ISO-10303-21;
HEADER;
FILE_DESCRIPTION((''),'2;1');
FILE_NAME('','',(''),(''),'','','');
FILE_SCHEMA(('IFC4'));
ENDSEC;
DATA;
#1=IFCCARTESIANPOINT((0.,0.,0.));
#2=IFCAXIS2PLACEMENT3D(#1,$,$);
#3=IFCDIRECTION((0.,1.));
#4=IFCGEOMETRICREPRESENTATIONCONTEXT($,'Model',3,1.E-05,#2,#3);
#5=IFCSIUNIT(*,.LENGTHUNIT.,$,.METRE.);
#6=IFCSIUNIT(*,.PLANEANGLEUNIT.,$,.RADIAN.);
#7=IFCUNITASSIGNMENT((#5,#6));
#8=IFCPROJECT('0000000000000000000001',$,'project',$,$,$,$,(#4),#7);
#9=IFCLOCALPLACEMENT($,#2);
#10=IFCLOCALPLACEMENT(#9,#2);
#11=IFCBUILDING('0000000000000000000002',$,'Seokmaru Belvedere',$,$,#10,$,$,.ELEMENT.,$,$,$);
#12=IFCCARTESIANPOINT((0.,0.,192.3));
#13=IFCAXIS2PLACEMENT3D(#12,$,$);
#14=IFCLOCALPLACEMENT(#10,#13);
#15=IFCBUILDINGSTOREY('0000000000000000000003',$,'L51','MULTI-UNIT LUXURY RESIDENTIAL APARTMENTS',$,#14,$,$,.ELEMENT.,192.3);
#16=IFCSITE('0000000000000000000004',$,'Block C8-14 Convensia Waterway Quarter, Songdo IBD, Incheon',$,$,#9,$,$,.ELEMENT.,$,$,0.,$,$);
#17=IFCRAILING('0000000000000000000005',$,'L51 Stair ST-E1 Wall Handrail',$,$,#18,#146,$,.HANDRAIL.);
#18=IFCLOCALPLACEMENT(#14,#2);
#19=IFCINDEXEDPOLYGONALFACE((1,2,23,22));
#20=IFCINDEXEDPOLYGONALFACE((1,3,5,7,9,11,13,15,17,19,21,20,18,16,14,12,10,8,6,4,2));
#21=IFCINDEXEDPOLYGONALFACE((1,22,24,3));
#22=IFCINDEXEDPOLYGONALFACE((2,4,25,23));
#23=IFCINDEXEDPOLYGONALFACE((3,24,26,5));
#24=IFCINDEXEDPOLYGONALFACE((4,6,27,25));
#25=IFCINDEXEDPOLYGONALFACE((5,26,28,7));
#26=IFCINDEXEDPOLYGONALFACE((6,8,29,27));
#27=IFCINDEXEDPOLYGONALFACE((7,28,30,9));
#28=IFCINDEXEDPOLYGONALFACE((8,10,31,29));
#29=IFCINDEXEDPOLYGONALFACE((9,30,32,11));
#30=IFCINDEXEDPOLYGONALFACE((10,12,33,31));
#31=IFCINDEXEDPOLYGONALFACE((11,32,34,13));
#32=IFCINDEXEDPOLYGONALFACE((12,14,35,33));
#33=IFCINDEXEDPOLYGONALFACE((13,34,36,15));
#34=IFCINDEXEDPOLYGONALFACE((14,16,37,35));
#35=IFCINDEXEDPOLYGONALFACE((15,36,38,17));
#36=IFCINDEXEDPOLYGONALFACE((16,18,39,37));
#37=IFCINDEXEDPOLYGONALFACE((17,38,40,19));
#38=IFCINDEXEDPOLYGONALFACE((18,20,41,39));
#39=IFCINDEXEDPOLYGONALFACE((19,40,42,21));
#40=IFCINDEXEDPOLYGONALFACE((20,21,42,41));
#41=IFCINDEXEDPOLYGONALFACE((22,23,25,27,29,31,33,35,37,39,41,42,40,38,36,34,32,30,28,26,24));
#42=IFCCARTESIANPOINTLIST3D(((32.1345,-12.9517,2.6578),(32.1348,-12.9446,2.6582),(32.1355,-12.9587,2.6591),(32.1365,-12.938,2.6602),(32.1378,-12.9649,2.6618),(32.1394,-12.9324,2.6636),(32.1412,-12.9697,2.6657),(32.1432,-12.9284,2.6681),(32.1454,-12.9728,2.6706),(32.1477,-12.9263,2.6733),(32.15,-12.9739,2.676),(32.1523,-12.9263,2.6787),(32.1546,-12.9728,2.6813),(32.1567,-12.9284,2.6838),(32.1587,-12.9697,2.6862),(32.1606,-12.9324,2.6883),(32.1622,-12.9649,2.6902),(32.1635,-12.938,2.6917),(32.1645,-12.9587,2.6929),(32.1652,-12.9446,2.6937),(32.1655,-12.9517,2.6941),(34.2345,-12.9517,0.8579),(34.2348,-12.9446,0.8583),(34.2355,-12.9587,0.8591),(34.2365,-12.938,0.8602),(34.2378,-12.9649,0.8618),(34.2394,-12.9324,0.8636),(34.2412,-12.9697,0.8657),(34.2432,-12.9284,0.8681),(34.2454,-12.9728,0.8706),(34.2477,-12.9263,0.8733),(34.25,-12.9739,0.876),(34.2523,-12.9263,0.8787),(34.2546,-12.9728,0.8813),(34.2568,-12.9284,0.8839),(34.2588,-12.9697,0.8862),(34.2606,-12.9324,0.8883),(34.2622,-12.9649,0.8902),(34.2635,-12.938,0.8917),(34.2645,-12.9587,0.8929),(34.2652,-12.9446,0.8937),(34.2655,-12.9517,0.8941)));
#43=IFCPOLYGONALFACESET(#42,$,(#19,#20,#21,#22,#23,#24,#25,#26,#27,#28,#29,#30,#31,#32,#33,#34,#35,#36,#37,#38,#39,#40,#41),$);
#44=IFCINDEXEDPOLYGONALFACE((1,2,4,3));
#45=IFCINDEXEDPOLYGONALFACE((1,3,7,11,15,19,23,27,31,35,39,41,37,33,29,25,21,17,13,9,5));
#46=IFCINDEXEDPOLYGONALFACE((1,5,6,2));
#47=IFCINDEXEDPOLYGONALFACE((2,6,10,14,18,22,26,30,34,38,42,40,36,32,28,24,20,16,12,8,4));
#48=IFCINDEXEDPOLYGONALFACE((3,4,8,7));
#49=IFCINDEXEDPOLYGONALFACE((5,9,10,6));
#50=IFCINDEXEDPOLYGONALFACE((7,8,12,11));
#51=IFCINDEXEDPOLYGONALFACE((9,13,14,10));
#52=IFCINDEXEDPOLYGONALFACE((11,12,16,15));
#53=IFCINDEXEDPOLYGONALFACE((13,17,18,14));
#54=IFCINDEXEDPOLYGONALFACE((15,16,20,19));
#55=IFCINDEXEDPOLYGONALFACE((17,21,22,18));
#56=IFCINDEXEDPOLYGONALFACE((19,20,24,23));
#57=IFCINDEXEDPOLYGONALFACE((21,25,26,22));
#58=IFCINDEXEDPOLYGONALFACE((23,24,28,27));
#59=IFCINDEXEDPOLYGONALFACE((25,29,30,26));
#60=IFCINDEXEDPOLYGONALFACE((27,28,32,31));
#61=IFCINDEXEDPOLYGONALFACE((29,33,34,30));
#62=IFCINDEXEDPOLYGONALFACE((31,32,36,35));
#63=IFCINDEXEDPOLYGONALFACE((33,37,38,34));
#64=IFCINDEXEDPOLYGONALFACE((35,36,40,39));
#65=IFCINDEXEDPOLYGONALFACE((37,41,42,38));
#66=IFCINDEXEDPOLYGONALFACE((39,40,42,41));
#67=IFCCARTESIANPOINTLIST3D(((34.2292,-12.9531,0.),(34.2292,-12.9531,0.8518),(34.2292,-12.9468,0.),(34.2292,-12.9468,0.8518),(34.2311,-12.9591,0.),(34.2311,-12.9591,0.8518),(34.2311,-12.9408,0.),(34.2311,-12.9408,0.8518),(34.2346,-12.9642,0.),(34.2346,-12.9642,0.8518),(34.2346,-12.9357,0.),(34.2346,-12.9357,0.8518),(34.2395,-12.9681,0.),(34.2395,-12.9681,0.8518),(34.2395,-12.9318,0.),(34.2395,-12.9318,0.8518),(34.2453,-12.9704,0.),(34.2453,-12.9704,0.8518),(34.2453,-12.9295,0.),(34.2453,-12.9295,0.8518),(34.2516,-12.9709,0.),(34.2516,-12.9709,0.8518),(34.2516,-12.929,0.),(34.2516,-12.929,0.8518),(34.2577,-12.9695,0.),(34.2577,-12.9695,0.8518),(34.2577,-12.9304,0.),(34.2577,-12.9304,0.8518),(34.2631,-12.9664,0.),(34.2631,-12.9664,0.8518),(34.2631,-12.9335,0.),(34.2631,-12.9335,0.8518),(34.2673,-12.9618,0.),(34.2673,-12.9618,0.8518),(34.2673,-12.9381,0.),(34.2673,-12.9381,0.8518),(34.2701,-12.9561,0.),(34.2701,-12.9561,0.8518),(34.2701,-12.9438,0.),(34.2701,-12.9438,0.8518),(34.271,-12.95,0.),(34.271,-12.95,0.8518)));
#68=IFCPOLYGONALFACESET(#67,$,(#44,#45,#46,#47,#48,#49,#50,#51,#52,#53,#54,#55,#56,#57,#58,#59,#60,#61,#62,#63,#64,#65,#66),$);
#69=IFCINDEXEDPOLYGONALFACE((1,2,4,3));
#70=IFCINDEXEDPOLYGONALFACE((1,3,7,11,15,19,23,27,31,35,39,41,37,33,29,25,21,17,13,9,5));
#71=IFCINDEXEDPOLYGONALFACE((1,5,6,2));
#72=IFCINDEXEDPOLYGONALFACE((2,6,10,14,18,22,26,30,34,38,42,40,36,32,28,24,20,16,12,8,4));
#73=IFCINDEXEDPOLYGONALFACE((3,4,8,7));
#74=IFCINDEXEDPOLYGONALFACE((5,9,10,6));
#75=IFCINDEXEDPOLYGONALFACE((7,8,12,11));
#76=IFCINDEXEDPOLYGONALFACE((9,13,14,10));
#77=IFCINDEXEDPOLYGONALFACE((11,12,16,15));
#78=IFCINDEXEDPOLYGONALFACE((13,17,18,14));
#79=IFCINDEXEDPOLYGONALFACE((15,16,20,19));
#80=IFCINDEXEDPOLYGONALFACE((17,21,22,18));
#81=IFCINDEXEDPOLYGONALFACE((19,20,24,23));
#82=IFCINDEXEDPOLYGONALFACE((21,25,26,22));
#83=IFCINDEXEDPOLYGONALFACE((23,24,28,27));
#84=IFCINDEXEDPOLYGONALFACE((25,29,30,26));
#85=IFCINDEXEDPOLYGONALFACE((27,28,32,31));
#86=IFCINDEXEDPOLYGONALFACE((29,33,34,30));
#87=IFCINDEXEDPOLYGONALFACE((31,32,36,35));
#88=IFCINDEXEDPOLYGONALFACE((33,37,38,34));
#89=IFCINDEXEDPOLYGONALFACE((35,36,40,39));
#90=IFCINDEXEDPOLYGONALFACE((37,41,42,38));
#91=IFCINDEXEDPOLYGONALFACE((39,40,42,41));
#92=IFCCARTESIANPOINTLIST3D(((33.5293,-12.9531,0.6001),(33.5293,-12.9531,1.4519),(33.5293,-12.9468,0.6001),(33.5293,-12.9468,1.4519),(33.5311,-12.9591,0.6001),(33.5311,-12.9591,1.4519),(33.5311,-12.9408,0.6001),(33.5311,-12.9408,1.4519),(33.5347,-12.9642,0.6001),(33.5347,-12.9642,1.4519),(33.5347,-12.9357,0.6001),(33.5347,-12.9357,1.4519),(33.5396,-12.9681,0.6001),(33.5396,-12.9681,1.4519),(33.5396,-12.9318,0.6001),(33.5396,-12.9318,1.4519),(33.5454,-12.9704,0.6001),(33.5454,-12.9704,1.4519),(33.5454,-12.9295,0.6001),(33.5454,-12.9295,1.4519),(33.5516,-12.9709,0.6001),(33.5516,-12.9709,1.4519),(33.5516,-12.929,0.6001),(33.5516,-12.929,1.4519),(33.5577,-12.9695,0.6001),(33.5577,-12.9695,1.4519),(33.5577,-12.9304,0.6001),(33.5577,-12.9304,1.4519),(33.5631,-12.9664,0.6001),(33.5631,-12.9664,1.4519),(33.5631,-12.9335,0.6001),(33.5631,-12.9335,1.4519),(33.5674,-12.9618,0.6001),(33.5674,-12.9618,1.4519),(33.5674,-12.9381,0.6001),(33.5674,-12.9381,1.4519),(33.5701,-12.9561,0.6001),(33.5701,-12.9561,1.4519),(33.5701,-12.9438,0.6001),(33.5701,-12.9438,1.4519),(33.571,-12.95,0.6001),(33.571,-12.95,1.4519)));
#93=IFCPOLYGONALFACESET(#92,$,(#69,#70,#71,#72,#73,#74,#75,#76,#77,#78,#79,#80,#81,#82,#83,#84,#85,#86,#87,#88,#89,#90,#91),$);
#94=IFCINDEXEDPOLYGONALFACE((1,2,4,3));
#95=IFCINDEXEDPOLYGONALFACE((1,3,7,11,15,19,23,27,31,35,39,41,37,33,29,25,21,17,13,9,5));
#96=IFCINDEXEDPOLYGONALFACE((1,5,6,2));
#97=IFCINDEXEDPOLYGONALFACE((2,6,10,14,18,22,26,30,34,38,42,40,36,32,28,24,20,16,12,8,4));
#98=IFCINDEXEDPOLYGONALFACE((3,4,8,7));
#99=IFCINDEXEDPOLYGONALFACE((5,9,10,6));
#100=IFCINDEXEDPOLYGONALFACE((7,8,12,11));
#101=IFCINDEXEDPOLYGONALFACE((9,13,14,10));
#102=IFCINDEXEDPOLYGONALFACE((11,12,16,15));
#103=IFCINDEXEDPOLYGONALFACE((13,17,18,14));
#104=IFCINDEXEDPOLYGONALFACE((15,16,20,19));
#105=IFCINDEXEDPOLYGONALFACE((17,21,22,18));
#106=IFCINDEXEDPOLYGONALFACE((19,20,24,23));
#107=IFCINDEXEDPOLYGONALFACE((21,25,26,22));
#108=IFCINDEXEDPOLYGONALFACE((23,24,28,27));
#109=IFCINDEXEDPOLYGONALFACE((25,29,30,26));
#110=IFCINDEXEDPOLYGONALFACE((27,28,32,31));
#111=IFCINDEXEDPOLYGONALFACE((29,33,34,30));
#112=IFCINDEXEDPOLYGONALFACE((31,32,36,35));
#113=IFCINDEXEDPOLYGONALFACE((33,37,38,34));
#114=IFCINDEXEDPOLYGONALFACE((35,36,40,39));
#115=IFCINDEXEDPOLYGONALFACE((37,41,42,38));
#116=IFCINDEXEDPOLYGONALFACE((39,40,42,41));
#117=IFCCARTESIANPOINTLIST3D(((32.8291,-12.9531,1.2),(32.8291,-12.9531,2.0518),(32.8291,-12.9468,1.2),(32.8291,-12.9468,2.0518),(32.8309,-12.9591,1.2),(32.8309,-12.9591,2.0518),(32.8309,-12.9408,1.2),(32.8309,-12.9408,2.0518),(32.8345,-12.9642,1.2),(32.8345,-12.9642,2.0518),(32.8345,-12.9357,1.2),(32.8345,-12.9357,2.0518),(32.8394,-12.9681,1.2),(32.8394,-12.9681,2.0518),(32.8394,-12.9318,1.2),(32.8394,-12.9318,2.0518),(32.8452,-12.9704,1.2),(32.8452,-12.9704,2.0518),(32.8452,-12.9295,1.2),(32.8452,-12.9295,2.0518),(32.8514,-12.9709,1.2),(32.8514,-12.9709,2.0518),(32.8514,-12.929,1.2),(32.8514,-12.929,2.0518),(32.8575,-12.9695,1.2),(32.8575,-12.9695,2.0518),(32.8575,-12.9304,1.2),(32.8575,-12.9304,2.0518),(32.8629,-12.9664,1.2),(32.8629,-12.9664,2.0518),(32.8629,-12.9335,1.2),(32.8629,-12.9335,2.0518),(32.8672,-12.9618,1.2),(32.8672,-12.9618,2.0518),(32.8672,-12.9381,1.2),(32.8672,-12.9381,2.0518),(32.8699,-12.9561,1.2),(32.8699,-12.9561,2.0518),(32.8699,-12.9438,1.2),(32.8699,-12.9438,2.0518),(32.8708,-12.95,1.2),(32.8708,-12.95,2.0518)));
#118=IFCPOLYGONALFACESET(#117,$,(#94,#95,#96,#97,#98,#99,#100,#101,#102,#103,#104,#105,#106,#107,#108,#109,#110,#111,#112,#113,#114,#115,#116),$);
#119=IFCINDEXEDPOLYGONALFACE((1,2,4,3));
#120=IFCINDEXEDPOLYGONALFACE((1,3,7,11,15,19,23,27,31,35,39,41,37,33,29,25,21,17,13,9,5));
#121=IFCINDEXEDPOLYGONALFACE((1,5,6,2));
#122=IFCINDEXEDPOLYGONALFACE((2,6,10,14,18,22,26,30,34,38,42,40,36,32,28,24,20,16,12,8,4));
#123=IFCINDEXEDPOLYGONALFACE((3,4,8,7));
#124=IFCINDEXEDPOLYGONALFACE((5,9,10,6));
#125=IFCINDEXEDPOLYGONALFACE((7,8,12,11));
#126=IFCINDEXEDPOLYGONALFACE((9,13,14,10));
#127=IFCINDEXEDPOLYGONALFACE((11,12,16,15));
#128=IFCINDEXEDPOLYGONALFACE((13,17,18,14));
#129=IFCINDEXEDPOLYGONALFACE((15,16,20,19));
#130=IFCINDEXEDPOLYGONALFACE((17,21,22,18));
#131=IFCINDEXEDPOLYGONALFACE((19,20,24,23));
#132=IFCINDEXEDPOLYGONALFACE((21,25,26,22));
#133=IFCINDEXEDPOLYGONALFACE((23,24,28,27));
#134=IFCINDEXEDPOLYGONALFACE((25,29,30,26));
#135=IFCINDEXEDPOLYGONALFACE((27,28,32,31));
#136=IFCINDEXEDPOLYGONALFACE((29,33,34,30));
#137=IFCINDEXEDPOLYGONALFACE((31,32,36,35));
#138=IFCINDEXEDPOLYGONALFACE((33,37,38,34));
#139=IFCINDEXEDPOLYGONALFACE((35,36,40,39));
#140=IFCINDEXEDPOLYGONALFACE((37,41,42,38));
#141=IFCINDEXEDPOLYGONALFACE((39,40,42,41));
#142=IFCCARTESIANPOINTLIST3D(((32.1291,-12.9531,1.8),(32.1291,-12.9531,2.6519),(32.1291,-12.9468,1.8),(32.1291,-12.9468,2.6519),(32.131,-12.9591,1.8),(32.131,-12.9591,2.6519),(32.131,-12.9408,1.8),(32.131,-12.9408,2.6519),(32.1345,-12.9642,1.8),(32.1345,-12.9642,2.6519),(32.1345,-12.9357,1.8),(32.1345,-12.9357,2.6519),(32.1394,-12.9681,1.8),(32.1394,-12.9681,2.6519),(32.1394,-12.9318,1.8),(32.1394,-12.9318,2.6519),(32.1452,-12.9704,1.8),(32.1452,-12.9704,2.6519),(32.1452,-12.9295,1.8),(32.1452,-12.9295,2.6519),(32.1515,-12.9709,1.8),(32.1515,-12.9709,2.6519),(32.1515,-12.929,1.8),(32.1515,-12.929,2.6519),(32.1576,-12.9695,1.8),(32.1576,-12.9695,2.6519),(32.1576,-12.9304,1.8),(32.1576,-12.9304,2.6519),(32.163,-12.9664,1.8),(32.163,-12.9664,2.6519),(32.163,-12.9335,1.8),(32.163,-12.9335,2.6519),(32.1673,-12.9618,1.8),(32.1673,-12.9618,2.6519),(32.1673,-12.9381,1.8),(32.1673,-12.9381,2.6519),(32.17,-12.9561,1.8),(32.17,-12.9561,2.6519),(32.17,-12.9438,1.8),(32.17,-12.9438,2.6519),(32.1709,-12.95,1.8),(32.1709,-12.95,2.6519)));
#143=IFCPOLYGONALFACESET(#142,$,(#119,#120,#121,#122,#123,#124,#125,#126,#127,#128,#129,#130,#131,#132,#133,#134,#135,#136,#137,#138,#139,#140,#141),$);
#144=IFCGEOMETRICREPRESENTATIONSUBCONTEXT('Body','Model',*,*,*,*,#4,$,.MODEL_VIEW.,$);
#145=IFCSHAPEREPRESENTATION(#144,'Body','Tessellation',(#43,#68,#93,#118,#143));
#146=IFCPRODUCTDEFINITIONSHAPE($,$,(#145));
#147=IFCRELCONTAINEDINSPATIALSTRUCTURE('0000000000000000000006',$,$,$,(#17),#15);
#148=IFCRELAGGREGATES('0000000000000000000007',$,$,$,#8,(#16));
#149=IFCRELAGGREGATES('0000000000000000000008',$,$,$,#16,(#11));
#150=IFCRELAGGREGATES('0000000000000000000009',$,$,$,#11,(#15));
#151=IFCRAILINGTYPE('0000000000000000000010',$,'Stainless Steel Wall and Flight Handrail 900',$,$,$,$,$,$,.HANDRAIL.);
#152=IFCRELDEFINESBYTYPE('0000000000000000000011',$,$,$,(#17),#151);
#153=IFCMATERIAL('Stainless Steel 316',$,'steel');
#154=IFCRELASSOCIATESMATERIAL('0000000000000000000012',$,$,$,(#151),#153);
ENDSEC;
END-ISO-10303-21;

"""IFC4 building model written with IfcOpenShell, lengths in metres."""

from ifc_helpers import new_model, si_unit, direction, frame, origin, origin_2d, place, context, subcontext, project, spatial, circle, extrude, material, type_object, element, save


model = new_model("IFC4")

# Units and contexts
model_context = context("Model", 3, precision=1e-05, world=origin(), true_north=direction((0.0, 1.0)))
body_context = subcontext(model_context, "Body", "Model", "MODEL_VIEW")
ifc_project = project(units=[si_unit("LENGTHUNIT", "METRE"), si_unit("PLANEANGLEUNIT", "RADIAN")], contexts=[model_context])

# Site, building, storey
site_placement = place(None, origin())
site = spatial("IfcSite", under=ifc_project, at=site_placement, Name="Block C8-14 Convensia Waterway Quarter, Songdo IBD, Incheon", CompositionType="ELEMENT", RefElevation=0.0)
building_placement = place(site_placement, origin())
building = spatial("IfcBuilding", under=site, at=building_placement, Name="Seokmaru Belvedere", CompositionType="ELEMENT")
storey_placement = place(building_placement, frame((0.0, 0.0, 192.3)))
storey = spatial("IfcBuildingStorey", under=building, at=storey_placement, Name="L51", Description="MULTI-UNIT LUXURY RESIDENTIAL APARTMENTS", CompositionType="ELEMENT", Elevation=192.3)

# Shared definitions
ifc_material_1 = material(Name="Stainless Steel 316", Category="steel")

# Railing
railing_type_1 = type_object("IfcRailingType", Name="Stainless Steel Wall and Flight Handrail 900", PredefinedType="HANDRAIL", material=ifc_material_1)
railing_1_placement = place(storey_placement, frame((34.25, -12.95, 0.0)))
element("IfcRailing", 1, at=railing_1_placement, inside=storey, type_object=railing_type_1, Name="L51 Stair ST-E1 Wall Handrail", PredefinedType="HANDRAIL", context=body_context, shape_type="SweptSolid", body=[
    extrude(circle(Radius=0.0239, at=origin_2d()), frame((0.0, 0.0, 0.876), z_axis=(-0.759263, 0.0, 0.650784), x_axis=(0.0, -1.0, 0.0)), (0.0, 0.0, 1.0), 2.7659),
    extrude(circle(Radius=0.021, at=origin_2d()), origin(), (0.0, 0.0, 1.0), 0.8518),
    extrude(circle(Radius=0.021, at=origin_2d()), frame((-0.7, 0.0, 0.6001)), (0.0, 0.0, 1.0), 0.8518),
    extrude(circle(Radius=0.021, at=origin_2d()), frame((-1.4001, 0.0, 1.2)), (0.0, 0.0, 1.0), 0.8518),
    extrude(circle(Radius=0.021, at=origin_2d()), frame((-2.1001, 0.0, 1.8)), (0.0, 0.0, 1.0), 0.8518),
])

save(model, "model.ifc")
